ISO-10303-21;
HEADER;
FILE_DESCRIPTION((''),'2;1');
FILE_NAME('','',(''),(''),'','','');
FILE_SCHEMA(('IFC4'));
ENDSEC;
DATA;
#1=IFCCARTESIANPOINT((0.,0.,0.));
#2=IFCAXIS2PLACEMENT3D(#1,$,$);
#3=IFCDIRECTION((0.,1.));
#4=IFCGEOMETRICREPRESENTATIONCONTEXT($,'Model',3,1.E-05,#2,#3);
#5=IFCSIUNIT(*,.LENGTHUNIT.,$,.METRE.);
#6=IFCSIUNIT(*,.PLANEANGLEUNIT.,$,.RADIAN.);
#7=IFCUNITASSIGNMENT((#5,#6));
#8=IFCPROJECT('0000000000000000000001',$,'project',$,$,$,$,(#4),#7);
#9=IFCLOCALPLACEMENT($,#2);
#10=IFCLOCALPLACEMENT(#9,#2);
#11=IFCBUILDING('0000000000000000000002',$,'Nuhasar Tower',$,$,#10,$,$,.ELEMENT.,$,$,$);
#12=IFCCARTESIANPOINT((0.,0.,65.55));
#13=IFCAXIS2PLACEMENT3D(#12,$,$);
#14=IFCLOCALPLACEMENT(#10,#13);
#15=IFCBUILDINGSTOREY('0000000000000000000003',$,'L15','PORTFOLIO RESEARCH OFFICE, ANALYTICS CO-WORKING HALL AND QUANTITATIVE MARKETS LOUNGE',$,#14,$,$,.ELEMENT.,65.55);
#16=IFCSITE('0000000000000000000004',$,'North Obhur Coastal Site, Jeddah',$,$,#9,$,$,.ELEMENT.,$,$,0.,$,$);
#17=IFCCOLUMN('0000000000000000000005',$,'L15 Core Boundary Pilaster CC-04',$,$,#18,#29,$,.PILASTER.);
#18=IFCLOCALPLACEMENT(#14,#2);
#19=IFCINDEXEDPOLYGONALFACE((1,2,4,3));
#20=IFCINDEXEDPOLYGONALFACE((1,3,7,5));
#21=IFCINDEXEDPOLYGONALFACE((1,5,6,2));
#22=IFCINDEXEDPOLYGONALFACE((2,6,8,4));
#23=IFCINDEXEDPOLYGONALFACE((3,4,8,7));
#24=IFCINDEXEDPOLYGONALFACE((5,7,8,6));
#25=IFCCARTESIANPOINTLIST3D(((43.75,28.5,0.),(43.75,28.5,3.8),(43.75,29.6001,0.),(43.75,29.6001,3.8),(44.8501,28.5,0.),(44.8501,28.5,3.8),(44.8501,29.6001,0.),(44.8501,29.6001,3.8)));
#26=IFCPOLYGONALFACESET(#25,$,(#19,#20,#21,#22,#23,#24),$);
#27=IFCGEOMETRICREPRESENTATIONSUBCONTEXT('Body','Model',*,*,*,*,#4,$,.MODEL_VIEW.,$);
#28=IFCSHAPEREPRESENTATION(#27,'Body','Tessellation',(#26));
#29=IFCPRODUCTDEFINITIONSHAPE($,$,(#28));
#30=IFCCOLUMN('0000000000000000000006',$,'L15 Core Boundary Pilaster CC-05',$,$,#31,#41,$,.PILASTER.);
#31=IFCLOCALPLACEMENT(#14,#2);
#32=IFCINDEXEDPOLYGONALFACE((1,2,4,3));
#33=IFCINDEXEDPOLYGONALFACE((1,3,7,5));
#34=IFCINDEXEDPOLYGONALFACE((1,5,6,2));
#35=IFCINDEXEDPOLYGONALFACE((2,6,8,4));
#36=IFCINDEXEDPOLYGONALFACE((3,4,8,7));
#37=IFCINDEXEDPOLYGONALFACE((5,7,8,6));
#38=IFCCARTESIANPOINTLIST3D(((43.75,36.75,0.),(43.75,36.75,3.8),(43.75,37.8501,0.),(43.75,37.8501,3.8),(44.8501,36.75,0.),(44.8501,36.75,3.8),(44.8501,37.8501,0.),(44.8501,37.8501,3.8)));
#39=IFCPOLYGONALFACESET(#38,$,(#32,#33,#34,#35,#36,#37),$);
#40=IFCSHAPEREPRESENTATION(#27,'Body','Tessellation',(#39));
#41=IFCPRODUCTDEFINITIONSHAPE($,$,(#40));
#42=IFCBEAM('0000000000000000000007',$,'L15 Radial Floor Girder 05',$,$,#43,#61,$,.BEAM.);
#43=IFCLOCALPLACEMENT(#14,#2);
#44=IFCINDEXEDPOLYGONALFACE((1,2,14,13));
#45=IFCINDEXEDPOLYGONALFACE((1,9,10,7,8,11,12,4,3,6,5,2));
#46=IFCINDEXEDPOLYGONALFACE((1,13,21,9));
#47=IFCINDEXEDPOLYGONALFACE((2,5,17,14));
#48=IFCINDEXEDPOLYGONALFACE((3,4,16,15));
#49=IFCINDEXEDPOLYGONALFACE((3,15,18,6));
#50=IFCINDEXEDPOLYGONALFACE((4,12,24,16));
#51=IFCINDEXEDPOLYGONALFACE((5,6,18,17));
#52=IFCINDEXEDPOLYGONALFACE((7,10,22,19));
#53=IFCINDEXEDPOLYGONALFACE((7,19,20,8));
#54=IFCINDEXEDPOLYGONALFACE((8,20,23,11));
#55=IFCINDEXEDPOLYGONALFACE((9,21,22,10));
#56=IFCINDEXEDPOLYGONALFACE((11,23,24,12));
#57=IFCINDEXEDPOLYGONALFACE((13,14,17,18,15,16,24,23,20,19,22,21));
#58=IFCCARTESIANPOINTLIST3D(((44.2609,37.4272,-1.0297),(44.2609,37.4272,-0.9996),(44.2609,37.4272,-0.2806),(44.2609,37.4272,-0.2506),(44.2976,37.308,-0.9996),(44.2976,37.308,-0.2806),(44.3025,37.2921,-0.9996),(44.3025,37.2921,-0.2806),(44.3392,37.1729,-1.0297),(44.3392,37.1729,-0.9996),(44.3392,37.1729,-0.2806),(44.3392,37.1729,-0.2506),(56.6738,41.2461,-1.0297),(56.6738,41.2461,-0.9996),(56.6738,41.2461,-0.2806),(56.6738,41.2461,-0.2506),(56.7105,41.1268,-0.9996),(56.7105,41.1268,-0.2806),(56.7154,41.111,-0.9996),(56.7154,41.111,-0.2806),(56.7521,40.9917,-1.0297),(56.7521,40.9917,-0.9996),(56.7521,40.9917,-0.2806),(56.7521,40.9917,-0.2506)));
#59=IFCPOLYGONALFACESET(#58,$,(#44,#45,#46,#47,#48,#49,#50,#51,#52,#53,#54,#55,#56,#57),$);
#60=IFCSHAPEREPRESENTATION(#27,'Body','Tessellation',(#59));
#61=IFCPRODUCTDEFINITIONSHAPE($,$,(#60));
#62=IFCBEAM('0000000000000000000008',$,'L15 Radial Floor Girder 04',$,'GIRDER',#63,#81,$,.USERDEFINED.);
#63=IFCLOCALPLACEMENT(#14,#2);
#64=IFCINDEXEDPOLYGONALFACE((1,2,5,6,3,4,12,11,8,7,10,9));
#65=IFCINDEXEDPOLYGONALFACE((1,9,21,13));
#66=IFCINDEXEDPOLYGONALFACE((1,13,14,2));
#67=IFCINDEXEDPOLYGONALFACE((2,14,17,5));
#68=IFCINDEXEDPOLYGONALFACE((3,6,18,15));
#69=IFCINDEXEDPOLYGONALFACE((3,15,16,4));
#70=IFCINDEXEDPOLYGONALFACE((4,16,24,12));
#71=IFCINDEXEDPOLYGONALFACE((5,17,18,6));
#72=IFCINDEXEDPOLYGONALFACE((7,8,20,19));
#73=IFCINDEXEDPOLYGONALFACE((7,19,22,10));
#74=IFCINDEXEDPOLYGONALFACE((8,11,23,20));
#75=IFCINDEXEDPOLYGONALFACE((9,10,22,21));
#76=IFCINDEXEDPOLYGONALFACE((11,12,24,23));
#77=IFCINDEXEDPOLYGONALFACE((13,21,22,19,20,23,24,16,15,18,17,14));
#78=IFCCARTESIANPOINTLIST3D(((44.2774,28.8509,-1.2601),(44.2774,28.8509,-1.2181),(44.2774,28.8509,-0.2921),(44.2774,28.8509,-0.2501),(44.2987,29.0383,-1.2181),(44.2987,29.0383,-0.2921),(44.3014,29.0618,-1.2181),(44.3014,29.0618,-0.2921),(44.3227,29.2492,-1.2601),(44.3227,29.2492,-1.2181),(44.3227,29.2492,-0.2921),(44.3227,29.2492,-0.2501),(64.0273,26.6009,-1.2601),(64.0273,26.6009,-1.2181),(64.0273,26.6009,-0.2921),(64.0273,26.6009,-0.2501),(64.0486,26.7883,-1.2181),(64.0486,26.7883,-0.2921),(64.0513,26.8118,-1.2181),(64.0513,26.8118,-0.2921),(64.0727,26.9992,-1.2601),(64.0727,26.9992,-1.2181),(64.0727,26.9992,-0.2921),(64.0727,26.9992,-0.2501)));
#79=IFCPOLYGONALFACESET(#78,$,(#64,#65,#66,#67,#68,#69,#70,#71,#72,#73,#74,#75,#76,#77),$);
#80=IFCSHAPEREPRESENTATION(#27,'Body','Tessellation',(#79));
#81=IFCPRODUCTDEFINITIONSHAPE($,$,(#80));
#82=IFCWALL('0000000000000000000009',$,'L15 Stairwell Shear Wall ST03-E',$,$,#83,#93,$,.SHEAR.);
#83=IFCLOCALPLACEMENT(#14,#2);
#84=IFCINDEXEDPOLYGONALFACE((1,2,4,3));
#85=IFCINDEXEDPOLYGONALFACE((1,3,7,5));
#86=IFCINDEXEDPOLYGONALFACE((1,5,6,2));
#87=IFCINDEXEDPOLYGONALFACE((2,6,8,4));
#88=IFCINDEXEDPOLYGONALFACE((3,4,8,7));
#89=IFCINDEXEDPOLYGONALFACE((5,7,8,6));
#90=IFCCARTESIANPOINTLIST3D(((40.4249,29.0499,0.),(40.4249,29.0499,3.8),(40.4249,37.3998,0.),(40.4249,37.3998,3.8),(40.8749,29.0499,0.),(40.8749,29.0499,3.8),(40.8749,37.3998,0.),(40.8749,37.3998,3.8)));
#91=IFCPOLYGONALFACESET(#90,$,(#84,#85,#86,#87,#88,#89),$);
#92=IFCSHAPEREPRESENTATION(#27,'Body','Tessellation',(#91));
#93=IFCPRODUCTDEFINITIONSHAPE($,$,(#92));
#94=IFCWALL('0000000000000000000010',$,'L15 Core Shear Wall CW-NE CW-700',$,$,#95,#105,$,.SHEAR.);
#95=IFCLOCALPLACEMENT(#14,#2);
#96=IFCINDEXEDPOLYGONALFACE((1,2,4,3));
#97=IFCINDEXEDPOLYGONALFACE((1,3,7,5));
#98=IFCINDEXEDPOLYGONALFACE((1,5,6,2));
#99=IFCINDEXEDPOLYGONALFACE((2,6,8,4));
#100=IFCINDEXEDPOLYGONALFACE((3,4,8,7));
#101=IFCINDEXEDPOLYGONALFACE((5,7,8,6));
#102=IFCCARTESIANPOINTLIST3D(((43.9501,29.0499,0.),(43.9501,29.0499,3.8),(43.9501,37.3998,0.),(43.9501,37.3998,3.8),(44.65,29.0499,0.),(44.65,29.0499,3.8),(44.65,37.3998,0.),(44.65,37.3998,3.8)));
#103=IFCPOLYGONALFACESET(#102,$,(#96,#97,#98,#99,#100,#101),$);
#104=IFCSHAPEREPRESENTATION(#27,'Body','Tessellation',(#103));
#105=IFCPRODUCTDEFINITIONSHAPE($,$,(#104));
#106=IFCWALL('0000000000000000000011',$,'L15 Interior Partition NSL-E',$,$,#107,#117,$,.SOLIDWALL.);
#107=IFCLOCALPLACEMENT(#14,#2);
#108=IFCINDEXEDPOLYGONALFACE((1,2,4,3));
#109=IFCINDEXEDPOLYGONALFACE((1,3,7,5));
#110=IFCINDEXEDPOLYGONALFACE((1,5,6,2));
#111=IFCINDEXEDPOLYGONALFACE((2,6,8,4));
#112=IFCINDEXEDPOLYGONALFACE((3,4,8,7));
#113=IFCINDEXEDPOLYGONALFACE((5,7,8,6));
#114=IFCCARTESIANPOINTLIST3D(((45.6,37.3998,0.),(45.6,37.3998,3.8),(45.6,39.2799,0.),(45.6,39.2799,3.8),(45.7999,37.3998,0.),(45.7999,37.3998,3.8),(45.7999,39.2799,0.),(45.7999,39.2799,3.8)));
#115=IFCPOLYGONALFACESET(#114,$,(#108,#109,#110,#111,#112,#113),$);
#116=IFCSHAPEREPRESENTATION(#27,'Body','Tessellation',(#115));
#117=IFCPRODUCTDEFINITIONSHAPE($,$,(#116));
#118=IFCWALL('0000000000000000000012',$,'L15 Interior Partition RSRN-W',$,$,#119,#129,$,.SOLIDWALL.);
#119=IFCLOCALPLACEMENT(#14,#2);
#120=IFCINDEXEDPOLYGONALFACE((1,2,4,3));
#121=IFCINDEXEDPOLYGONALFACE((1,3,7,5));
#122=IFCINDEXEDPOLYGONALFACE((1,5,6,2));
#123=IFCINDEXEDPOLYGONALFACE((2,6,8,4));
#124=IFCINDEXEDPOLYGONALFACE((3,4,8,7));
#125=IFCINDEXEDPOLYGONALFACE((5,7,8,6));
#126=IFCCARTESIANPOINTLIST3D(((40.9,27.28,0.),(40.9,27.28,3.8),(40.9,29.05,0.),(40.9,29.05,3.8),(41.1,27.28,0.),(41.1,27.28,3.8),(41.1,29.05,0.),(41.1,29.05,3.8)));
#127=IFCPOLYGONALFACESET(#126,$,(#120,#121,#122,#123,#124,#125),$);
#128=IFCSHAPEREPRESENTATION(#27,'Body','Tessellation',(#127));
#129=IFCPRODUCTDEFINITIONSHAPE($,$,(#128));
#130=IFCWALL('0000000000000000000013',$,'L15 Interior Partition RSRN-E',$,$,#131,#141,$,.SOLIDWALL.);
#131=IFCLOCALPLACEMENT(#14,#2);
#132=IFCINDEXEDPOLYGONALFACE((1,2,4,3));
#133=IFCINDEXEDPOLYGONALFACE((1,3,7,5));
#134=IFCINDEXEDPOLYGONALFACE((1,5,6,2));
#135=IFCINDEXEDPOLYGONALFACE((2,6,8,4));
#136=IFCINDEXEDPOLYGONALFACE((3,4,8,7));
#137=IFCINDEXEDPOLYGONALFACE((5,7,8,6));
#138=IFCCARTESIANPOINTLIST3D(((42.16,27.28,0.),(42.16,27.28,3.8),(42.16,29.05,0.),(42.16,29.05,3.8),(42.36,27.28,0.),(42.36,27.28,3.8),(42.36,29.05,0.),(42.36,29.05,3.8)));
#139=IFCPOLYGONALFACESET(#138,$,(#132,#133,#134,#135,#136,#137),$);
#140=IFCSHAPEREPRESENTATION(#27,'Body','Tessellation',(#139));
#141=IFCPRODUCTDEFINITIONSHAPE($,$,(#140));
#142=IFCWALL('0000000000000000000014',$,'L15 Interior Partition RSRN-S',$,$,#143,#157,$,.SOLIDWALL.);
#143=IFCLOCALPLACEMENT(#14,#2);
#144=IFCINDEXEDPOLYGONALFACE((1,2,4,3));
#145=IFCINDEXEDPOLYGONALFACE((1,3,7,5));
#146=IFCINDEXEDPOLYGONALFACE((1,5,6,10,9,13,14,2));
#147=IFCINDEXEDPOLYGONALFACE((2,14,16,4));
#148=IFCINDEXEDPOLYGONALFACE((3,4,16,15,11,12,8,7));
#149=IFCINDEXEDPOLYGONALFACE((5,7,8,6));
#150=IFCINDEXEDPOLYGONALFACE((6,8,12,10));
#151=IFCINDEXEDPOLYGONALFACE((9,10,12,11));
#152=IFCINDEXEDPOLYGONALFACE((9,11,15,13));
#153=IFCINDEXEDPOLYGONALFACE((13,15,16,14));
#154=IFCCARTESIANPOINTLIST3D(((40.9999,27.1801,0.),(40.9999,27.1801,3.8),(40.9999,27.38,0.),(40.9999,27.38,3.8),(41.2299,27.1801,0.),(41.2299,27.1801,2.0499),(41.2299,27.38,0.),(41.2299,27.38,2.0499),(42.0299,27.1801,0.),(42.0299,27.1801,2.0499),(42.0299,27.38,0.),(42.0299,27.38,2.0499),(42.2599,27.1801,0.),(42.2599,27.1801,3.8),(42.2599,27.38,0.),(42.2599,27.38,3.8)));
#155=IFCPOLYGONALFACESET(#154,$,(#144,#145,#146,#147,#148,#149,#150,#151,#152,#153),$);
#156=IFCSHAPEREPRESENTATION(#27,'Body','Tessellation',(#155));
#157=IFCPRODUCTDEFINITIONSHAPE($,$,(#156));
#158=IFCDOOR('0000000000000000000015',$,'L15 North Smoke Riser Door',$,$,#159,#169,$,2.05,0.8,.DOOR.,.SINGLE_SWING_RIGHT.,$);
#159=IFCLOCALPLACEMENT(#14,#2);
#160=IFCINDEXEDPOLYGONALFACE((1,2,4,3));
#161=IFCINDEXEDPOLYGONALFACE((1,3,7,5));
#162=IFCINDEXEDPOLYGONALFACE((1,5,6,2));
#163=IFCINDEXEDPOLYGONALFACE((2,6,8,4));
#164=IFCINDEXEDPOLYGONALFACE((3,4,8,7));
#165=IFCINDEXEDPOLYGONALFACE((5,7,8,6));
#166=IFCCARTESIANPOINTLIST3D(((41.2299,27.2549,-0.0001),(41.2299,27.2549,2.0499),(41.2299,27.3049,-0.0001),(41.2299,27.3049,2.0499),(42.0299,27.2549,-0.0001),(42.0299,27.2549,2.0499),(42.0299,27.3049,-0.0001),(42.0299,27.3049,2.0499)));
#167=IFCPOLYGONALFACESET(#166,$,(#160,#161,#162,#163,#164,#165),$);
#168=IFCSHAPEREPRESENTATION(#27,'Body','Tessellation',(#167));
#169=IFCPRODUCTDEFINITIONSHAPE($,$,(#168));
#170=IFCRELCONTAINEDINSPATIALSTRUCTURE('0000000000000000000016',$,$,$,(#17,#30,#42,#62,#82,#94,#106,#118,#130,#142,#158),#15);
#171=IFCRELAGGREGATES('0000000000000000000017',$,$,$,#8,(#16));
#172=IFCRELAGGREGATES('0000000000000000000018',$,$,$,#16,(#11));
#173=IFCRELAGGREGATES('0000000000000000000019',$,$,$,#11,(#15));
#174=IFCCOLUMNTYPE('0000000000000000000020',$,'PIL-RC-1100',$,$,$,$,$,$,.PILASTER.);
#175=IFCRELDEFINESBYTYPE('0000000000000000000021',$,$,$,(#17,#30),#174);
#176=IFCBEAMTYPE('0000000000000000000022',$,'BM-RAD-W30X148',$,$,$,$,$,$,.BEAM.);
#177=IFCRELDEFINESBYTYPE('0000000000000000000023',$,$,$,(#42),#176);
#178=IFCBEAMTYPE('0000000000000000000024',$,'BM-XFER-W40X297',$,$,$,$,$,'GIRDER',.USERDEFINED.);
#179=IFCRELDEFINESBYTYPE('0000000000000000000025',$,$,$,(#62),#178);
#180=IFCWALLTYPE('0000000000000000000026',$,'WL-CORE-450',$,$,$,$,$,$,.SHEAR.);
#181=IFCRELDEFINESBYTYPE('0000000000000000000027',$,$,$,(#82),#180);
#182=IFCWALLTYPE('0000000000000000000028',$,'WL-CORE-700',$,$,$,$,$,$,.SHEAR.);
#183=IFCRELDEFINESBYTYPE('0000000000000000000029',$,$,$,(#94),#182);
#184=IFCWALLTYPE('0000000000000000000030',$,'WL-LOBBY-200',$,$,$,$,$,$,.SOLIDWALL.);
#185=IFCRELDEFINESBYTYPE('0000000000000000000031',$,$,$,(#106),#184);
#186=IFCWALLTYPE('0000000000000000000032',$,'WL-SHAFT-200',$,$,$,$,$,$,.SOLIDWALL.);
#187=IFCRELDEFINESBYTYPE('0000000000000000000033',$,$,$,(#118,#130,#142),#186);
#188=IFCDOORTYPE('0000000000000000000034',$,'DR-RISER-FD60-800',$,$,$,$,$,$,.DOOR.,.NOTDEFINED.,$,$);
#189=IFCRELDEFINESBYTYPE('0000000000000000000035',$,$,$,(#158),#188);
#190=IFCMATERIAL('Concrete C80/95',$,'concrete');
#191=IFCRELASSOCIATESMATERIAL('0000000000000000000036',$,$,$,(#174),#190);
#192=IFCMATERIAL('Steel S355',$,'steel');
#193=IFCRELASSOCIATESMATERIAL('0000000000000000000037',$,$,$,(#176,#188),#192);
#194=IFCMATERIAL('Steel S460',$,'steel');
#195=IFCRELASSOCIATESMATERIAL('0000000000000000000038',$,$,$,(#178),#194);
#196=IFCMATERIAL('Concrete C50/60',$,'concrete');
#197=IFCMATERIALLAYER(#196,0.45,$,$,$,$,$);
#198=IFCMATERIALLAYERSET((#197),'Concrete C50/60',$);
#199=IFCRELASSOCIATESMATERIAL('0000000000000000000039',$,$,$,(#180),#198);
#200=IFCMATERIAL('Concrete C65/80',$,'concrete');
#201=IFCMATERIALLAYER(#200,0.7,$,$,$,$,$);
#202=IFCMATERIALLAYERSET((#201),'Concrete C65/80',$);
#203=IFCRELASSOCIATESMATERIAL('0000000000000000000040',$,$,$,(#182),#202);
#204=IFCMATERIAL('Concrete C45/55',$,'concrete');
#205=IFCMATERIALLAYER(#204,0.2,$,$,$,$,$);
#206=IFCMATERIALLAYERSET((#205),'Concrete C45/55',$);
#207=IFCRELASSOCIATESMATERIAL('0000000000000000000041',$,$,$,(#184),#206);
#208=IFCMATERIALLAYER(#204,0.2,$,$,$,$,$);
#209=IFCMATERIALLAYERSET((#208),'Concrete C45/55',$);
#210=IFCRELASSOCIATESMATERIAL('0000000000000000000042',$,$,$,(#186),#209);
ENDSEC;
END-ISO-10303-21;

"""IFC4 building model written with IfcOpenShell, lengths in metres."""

from ifc_helpers import new_model, si_unit, direction, frame, frame_2d, origin, origin_2d, place, context, subcontext, project, spatial, rectangle, i_section, extrude, material, layer, layer_set, material_profile, profile_set, type_object, element, fill, save


model = new_model("IFC4")

# Units and contexts
model_context = context("Model", 3, precision=1e-05, world=origin(), true_north=direction((0.0, 1.0)))
body_context = subcontext(model_context, "Body", "Model", "MODEL_VIEW")
ifc_project = project(units=[si_unit("LENGTHUNIT", "METRE"), si_unit("PLANEANGLEUNIT", "RADIAN")], contexts=[model_context])

# Site, building, storey
site_placement = place(None, origin())
site = spatial("IfcSite", under=ifc_project, at=site_placement, Name="North Obhur Coastal Site, Jeddah", CompositionType="ELEMENT", RefElevation=0.0)
building_placement = place(site_placement, origin())
building = spatial("IfcBuilding", under=site, at=building_placement, Name="Nuhasar Tower", CompositionType="ELEMENT")
storey_placement = place(building_placement, frame((0.0, 0.0, 65.55)))
storey = spatial("IfcBuildingStorey", under=building, at=storey_placement, Name="L15", Description="PORTFOLIO RESEARCH OFFICE, ANALYTICS CO-WORKING HALL AND QUANTITATIVE MARKETS LOUNGE", CompositionType="ELEMENT", Elevation=65.55)

# Columns
ifc_material_1 = material(Name="Concrete C80/95", Category="concrete")
ifc_material_profile_1 = material_profile(ifc_material_1, rectangle(XDim=1.1001, YDim=1.1001, at=origin_2d()), Name="RC1100X1100")
ifc_profile_set_1 = profile_set([ifc_material_profile_1], Name="Concrete C80/95")
column_type = type_object("IfcColumnType", Name="PIL-RC-1100", PredefinedType="PILASTER", material=ifc_profile_set_1)
for number, where, z_axis, x_axis, name in (
    (1, (44.3, 29.05, 0.0), (0.0, 0.0, 1.0), (1.0, 0.0, 0.0), "L15 Core Boundary Pilaster CC-04"),
    (2, (44.3, 37.3, 0.0), (0.0, 0.0, 1.0), (1.0, 0.0, 0.0), "L15 Core Boundary Pilaster CC-05"),
):
    element("IfcColumn", number, at=place(storey_placement, frame(where, z_axis=z_axis, x_axis=x_axis)), inside=storey, type_object=column_type, Name=name, PredefinedType="PILASTER", context=body_context, shape_type="SweptSolid", body=[
        extrude(rectangle(XDim=1.1001, YDim=1.1001, at=origin_2d()), origin(), (0.0, 0.0, 1.0), 3.8),
    ])

# Beams
ifc_material_2 = material(Name="Steel S355", Category="steel")
ifc_material_profile_2 = material_profile(ifc_material_2, i_section(OverallWidth=0.2661, OverallDepth=0.7791, WebThickness=0.0166, FlangeThickness=0.03, at=origin_2d()), Name="W30X148")
ifc_profile_set_2 = profile_set([ifc_material_profile_2], Name="Steel S355")
beam_type_1 = type_object("IfcBeamType", Name="BM-RAD-W30X148", PredefinedType="BEAM", material=ifc_profile_set_2)
beam_1_placement = place(storey_placement, frame((44.3, 37.3, -0.6401), z_axis=(0.95579, 0.294052, 0.0), x_axis=(-0.294052, 0.95579, 0.0)))
element("IfcBeam", 3, at=beam_1_placement, inside=storey, type_object=beam_type_1, Name="L15 Radial Floor Girder 05", PredefinedType="BEAM", context=body_context, shape_type="SweptSolid", body=[
    extrude(i_section(OverallWidth=0.2661, OverallDepth=0.7791, WebThickness=0.0166, FlangeThickness=0.03, at=origin_2d()), origin(), (0.0, 0.0, 1.0), 12.9871),
])
ifc_material_3 = material(Name="Steel S460", Category="steel")
ifc_material_profile_3 = material_profile(ifc_material_3, i_section(OverallWidth=0.4009, OverallDepth=1.01, WebThickness=0.0237, FlangeThickness=0.042, at=origin_2d()), Name="W40X297")
ifc_profile_set_3 = profile_set([ifc_material_profile_3], Name="Steel S460")
beam_type_2 = type_object("IfcBeamType", Name="BM-XFER-W40X297", ElementType="GIRDER", PredefinedType="USERDEFINED", material=ifc_profile_set_3)
beam_2_placement = place(storey_placement, frame((44.3, 29.05, -0.7551), z_axis=(0.993573, -0.113192, 0.0), x_axis=(0.113192, 0.993573, 0.0)))
element("IfcBeam", 4, at=beam_2_placement, inside=storey, type_object=beam_type_2, Name="L15 Radial Floor Girder 04", ObjectType="GIRDER", PredefinedType="USERDEFINED", context=body_context, shape_type="SweptSolid", body=[
    extrude(i_section(OverallWidth=0.4009, OverallDepth=1.01, WebThickness=0.0237, FlangeThickness=0.042, at=origin_2d()), origin(), (0.0, 0.0, 1.0), 19.8777),
])

# Shared definitions
ifc_material_4 = material(Name="Concrete C50/60", Category="concrete")
ifc_layer_1 = layer(ifc_material_4, 0.45)
ifc_layer_set_1 = layer_set([ifc_layer_1], Name="Concrete C50/60")
wall_type_1 = type_object("IfcWallType", Name="WL-CORE-450", PredefinedType="SHEAR", material=ifc_layer_set_1)

# Wall
wall_1_placement = place(storey_placement, frame((40.6499, 29.05, 0.0), z_axis=(0.0, 0.0, 1.0), x_axis=(0.0, 1.0, 0.0)))
element("IfcWall", 5, at=wall_1_placement, inside=storey, type_object=wall_type_1, Name="L15 Stairwell Shear Wall ST03-E", PredefinedType="SHEAR", context=body_context, shape_type="SweptSolid", body=[
    extrude(rectangle(XDim=8.3499, YDim=0.45, at=frame_2d((4.1748, 0.0))), origin(), (0.0, 0.0, 1.0), 3.8),
])

# Walls
ifc_material_5 = material(Name="Concrete C65/80", Category="concrete")
ifc_layer_2 = layer(ifc_material_5, 0.7)
ifc_layer_set_2 = layer_set([ifc_layer_2], Name="Concrete C65/80")
wall_type_2 = type_object("IfcWallType", Name="WL-CORE-700", PredefinedType="SHEAR", material=ifc_layer_set_2)
wall_2_placement = place(storey_placement, frame((44.3, 29.05, 0.0), z_axis=(0.0, 0.0, 1.0), x_axis=(0.0, 1.0, 0.0)))
element("IfcWall", 6, at=wall_2_placement, inside=storey, type_object=wall_type_2, Name="L15 Core Shear Wall CW-NE CW-700", PredefinedType="SHEAR", context=body_context, shape_type="SweptSolid", body=[
    extrude(rectangle(XDim=8.3499, YDim=0.7, at=frame_2d((4.1748, 0.0))), origin(), (0.0, 0.0, 1.0), 3.8),
])
ifc_material_6 = material(Name="Concrete C45/55", Category="concrete")
ifc_layer_3 = layer(ifc_material_6, 0.2)
ifc_layer_set_3 = layer_set([ifc_layer_3], Name="Concrete C45/55")
wall_type_3 = type_object("IfcWallType", Name="WL-LOBBY-200", PredefinedType="SOLIDWALL", material=ifc_layer_set_3)
wall_3_placement = place(storey_placement, frame((45.7, 37.3999, 0.0), z_axis=(0.0, 0.0, 1.0), x_axis=(0.0, 1.0, 0.0)))
element("IfcWall", 7, at=wall_3_placement, inside=storey, type_object=wall_type_3, Name="L15 Interior Partition NSL-E", PredefinedType="SOLIDWALL", context=body_context, shape_type="SweptSolid", body=[
    extrude(rectangle(XDim=1.8801, YDim=0.2, at=frame_2d((0.9399, 0.0))), origin(), (0.0, 0.0, 1.0), 3.8),
])
ifc_layer_4 = layer(ifc_material_6, 0.2)
ifc_layer_set_4 = layer_set([ifc_layer_4], Name="Concrete C45/55")
wall_type_4 = type_object("IfcWallType", Name="WL-SHAFT-200", PredefinedType="SOLIDWALL", material=ifc_layer_set_4)
for number, where, z_axis, x_axis, name in (
    (8, (41.0, 27.28, 0.0), (0.0, 0.0, 1.0), (0.0, 1.0, 0.0), "L15 Interior Partition RSRN-W"),
    (9, (42.26, 27.28, 0.0), (0.0, 0.0, 1.0), (0.0, 1.0, 0.0), "L15 Interior Partition RSRN-E"),
):
    element("IfcWall", number, at=place(storey_placement, frame(where, z_axis=z_axis, x_axis=x_axis)), inside=storey, type_object=wall_type_4, Name=name, PredefinedType="SOLIDWALL", context=body_context, shape_type="SweptSolid", body=[
        extrude(rectangle(XDim=1.77, YDim=0.2, at=frame_2d((0.885, 0.0))), origin(), (0.0, 0.0, 1.0), 3.8),
    ])

# Wall, opening, door
wall_4_placement = place(storey_placement, frame((41.0, 27.28, 0.0), z_axis=(0.0, 0.0, 1.0), x_axis=(1.0, 0.0, 0.0)))
wall_4 = element("IfcWall", 10, at=wall_4_placement, inside=storey, type_object=wall_type_4, Name="L15 Interior Partition RSRN-S", PredefinedType="SOLIDWALL", context=body_context, shape_type="SweptSolid", body=[
    extrude(rectangle(XDim=1.26, YDim=0.2, at=frame_2d((0.6299, 0.0))), origin(), (0.0, 0.0, 1.0), 3.8),
])
opening_1_placement = place(wall_4_placement, frame((0.23, 0.0, 0.0)))
opening_1 = element("IfcOpeningElement", 11, at=opening_1_placement, cuts=wall_4, PredefinedType="OPENING", context=body_context, shape_type="SweptSolid", body=[
    extrude(rectangle(XDim=0.8, YDim=2.05, at=frame_2d((0.3999, 1.0249))), frame((0.0, 0.1099, 0.0), z_axis=(0.0, -1.0, 0.0), x_axis=(1.0, 0.0, 0.0)), (0.0, 0.0, 1.0), 0.22),
])
door_type_1 = type_object("IfcDoorType", Name="DR-RISER-FD60-800", OperationType="NOTDEFINED", PredefinedType="DOOR", material=ifc_material_2)
door_1_placement = place(opening_1_placement, origin())
door_1 = element("IfcDoor", 12, at=door_1_placement, inside=storey, type_object=door_type_1, Name="L15 North Smoke Riser Door", OperationType="SINGLE_SWING_RIGHT", OverallHeight=2.05, OverallWidth=0.8, PredefinedType="DOOR", context=body_context, shape_type="SweptSolid", body=[
    extrude(rectangle(XDim=0.8, YDim=2.05, at=frame_2d((0.3999, 1.0249))), frame((0.0, 0.0249, 0.0), z_axis=(0.0, -1.0, 0.0), x_axis=(1.0, 0.0, 0.0)), (0.0, 0.0, 1.0), 0.05),
])
fill(opening_1, door_1)

save(model, "model.ifc")
